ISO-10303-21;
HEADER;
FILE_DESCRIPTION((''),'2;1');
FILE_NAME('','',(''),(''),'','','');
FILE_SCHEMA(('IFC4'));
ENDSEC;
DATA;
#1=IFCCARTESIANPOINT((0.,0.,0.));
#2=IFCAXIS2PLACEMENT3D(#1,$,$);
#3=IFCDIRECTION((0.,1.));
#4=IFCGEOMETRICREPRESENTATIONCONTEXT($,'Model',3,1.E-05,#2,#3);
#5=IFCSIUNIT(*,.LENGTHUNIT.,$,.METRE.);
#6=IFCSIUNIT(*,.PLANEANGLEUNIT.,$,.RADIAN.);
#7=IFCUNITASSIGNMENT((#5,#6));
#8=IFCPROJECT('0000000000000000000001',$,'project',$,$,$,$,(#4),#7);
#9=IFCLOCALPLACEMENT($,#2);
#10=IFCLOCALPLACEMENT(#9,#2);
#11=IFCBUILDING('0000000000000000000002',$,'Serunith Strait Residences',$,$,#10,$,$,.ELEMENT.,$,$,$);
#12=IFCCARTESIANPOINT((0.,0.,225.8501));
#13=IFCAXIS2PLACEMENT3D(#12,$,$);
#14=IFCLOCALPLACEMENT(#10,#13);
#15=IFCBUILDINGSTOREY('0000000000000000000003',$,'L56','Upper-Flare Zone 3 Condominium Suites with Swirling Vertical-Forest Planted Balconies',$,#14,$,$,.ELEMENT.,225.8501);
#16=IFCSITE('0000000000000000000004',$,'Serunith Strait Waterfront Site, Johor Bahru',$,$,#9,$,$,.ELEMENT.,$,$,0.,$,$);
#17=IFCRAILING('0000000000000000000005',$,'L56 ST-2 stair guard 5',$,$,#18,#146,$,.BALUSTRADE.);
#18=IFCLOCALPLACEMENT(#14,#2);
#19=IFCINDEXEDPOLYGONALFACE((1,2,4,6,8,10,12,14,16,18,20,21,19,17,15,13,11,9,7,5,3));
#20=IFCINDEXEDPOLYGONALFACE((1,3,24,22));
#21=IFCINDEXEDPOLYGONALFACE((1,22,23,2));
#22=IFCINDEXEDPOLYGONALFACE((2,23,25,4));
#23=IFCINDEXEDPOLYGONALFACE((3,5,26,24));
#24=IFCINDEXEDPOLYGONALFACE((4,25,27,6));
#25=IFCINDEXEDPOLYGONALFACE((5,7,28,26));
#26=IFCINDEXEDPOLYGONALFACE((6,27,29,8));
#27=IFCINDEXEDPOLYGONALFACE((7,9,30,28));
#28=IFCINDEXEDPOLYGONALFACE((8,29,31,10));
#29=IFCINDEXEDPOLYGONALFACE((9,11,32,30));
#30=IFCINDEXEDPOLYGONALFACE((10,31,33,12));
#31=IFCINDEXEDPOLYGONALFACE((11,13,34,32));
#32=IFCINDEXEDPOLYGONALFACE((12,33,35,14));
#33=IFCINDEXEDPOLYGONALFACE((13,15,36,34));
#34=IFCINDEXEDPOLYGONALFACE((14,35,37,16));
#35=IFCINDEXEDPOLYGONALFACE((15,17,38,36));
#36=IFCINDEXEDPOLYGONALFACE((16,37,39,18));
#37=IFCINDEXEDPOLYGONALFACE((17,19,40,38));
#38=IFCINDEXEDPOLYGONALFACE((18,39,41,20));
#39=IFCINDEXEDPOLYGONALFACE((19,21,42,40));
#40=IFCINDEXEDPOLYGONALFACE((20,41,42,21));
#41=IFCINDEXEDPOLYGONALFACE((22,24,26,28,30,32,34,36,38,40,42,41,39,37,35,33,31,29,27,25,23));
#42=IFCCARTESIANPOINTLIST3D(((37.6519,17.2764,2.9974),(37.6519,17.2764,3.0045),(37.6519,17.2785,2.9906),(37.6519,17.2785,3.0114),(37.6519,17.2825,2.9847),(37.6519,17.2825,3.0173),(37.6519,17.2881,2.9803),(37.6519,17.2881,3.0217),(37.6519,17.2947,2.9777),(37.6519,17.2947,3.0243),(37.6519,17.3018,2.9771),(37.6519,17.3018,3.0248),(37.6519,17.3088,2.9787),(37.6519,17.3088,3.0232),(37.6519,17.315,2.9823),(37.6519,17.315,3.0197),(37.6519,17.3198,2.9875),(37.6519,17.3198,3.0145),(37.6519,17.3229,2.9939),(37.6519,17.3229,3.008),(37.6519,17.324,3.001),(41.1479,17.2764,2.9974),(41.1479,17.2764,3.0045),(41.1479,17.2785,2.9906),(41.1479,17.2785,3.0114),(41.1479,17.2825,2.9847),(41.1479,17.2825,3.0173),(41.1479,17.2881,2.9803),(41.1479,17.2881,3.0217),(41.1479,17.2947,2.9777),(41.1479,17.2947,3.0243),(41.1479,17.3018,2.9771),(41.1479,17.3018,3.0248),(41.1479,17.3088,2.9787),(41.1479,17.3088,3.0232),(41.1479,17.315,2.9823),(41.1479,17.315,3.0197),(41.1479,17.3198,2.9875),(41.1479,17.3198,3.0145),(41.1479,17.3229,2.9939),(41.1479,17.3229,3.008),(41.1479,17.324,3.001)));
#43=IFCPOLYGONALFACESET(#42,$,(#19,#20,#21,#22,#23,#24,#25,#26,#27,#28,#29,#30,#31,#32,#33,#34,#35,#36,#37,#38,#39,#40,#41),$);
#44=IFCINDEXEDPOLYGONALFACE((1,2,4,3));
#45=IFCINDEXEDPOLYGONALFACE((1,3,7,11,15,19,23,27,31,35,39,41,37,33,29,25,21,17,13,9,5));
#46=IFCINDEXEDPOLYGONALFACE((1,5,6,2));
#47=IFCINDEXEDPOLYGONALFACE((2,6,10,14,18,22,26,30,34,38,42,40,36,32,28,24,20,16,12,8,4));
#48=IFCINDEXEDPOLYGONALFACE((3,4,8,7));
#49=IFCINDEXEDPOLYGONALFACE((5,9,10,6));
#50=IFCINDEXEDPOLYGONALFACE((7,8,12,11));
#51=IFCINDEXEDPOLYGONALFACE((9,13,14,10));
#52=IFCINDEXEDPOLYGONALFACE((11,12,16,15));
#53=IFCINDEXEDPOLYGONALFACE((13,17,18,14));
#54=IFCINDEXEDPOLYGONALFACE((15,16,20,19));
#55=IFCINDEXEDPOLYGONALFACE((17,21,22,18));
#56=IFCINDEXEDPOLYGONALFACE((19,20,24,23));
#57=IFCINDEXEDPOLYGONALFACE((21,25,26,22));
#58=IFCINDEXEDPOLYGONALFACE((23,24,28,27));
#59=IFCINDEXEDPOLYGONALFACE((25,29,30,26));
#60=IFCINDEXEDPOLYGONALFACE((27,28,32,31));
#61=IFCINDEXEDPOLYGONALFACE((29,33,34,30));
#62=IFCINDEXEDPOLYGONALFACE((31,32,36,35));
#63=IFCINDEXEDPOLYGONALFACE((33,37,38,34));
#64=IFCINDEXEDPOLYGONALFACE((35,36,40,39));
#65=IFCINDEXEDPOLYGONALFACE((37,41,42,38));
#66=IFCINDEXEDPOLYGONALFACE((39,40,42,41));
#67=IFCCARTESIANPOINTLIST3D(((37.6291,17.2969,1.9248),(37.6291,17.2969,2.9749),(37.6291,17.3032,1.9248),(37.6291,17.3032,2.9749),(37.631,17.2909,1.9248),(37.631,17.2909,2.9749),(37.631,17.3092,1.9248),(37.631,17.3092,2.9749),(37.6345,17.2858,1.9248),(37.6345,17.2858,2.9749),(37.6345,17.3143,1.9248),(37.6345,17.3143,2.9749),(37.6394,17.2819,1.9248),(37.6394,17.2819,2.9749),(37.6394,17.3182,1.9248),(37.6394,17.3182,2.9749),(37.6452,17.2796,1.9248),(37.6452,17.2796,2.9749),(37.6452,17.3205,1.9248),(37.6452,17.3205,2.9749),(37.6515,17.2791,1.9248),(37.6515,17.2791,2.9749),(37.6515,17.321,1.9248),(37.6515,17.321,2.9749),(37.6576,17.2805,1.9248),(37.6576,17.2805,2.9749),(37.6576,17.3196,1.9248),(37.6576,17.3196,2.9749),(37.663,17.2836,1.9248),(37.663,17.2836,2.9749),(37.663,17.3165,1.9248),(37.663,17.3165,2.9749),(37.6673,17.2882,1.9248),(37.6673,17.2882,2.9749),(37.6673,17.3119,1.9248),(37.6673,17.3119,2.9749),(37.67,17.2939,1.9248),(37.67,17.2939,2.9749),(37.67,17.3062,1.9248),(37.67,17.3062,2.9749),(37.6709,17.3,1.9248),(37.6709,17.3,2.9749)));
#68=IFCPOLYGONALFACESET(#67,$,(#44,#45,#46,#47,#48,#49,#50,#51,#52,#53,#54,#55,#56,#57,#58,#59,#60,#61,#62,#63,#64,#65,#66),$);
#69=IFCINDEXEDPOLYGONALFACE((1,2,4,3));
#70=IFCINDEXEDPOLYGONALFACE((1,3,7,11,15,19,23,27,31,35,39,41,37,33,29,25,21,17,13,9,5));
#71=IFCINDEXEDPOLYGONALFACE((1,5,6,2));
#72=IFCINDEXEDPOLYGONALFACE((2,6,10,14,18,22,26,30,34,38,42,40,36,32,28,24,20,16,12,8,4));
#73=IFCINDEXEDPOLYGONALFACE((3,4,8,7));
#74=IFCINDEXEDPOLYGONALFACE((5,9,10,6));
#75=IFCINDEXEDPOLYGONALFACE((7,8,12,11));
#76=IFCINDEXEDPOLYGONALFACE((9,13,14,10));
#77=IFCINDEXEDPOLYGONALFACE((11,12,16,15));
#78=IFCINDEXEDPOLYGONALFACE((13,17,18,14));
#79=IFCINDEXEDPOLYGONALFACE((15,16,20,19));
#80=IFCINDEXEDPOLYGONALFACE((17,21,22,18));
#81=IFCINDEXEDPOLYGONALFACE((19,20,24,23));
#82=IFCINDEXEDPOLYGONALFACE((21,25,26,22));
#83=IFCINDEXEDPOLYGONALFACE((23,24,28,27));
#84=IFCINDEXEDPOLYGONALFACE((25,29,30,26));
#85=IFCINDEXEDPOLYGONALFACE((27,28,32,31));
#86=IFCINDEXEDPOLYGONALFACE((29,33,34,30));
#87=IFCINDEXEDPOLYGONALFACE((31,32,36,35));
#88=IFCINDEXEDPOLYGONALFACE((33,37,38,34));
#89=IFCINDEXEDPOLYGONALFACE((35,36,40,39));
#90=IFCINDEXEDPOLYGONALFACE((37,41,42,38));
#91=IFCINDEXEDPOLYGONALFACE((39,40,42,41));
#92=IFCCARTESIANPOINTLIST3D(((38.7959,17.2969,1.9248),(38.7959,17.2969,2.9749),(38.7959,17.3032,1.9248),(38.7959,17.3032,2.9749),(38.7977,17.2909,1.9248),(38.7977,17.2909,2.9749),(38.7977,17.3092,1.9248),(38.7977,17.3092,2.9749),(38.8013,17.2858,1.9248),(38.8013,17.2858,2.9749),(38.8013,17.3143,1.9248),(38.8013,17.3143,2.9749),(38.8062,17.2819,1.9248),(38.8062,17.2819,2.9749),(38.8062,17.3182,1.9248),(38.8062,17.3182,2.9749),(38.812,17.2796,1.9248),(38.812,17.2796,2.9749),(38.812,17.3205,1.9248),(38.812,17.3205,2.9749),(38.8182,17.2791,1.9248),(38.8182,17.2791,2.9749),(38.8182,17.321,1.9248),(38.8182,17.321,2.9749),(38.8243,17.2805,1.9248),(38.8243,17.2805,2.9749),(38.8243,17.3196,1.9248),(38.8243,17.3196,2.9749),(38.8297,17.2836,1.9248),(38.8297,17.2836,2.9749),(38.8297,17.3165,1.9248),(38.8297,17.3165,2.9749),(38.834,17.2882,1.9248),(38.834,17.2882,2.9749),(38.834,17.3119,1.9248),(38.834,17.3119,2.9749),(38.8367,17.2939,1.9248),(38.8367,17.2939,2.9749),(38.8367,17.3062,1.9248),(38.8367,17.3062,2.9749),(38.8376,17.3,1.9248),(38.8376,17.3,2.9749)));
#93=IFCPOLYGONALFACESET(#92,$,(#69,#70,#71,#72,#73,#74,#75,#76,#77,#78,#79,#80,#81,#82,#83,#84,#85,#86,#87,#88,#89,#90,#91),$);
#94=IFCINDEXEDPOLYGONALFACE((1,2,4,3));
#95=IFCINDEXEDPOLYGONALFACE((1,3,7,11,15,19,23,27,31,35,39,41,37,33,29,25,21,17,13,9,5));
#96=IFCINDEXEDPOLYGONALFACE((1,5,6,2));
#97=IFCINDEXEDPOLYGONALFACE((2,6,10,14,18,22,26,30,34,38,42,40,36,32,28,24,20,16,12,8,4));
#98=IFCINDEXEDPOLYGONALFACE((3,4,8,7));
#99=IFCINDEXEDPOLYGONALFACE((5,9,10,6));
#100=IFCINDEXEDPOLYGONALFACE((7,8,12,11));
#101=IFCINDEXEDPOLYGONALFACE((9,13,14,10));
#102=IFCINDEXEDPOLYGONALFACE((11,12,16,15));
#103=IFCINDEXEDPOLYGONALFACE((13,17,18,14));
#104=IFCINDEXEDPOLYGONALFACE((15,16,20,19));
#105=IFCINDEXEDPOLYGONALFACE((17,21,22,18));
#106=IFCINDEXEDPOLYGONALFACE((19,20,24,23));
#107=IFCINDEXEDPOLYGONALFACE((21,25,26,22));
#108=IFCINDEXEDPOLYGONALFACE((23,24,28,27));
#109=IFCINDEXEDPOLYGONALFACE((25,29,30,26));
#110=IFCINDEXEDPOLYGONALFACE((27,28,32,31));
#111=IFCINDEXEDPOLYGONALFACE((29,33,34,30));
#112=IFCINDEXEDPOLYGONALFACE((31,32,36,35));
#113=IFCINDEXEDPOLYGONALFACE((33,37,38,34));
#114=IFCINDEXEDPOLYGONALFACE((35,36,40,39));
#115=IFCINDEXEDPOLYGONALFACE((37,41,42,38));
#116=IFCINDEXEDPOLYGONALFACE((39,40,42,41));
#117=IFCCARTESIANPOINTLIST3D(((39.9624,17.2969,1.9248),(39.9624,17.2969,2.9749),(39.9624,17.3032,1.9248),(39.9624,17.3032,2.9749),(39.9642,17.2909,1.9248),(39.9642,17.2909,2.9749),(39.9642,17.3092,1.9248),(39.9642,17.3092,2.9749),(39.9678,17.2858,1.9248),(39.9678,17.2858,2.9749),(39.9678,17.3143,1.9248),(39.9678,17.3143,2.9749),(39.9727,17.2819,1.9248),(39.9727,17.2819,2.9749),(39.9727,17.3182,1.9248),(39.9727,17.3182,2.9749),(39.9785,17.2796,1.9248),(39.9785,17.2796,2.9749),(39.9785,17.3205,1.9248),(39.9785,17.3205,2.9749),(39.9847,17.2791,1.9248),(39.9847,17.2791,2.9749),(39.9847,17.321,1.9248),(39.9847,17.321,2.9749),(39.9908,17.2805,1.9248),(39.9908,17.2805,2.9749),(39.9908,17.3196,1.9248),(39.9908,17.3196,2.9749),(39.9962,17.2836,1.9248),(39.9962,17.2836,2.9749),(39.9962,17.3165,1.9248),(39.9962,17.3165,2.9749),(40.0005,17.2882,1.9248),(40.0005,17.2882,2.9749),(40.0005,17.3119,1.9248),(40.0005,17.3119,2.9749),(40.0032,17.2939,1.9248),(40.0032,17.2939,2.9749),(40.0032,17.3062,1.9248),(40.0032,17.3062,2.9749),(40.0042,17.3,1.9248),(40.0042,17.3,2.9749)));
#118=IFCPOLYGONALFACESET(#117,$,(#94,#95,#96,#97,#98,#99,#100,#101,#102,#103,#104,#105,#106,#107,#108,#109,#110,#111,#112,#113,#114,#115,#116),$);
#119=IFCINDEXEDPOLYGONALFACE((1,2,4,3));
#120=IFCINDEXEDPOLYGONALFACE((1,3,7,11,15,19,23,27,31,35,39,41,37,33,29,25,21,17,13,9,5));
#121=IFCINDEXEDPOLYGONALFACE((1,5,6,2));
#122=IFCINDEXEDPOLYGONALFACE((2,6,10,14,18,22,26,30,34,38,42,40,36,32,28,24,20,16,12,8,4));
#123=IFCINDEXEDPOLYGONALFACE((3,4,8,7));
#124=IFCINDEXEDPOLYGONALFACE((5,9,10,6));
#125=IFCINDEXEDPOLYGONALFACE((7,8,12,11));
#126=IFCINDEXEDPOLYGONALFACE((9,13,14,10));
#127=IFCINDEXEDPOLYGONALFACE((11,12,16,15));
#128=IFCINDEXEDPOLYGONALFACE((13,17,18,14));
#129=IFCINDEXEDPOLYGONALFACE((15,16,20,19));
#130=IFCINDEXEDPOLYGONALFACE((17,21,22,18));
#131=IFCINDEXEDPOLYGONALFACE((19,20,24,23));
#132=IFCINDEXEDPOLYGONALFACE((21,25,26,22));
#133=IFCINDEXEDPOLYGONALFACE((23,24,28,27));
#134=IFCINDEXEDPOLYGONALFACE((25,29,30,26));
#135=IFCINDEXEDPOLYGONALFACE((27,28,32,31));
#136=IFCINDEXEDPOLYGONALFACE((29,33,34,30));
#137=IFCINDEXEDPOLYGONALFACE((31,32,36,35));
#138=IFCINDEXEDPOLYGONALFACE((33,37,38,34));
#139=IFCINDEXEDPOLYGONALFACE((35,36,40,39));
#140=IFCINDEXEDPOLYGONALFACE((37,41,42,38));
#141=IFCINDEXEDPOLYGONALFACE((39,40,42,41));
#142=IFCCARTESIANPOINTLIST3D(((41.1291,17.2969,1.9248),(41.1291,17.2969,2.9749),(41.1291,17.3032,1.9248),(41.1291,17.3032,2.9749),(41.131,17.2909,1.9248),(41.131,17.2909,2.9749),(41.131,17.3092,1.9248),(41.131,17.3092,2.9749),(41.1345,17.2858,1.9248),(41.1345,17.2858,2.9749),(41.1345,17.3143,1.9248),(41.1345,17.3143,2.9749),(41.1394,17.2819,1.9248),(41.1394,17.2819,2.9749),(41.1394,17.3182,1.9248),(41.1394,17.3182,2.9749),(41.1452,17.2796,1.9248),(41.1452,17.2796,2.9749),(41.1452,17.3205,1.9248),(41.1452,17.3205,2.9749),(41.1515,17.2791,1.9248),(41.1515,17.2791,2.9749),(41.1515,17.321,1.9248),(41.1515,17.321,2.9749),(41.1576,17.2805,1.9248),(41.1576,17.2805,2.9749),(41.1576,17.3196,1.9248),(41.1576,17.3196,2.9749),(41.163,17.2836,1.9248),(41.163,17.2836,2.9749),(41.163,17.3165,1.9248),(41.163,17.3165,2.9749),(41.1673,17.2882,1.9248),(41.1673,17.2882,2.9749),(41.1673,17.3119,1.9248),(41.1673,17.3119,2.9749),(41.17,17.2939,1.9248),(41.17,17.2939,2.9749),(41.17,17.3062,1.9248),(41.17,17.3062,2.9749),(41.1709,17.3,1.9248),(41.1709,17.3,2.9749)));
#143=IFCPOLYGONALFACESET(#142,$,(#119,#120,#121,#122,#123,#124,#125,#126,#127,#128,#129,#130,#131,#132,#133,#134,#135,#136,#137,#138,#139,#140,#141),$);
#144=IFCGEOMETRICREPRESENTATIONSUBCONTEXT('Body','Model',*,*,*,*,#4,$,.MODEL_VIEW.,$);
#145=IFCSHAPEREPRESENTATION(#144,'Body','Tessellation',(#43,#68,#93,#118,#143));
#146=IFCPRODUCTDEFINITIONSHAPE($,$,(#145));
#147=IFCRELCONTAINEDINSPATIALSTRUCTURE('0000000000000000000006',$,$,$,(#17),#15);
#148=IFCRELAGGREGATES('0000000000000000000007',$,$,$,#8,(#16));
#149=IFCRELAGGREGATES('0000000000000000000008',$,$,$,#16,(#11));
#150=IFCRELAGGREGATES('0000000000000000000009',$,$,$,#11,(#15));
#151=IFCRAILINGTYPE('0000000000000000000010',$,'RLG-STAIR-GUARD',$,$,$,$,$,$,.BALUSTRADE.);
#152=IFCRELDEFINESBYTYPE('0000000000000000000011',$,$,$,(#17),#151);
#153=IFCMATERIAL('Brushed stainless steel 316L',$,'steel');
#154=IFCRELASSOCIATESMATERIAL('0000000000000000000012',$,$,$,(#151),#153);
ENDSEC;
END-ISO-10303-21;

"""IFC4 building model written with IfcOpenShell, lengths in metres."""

from ifc_helpers import new_model, si_unit, direction, frame, origin, origin_2d, place, context, subcontext, project, spatial, circle, extrude, material, type_object, element, save


model = new_model("IFC4")

# Units and contexts
model_context = context("Model", 3, precision=1e-05, world=origin(), true_north=direction((0.0, 1.0)))
body_context = subcontext(model_context, "Body", "Model", "MODEL_VIEW")
ifc_project = project(units=[si_unit("LENGTHUNIT", "METRE"), si_unit("PLANEANGLEUNIT", "RADIAN")], contexts=[model_context])

# Site, building, storey
site_placement = place(None, origin())
site = spatial("IfcSite", under=ifc_project, at=site_placement, Name="Serunith Strait Waterfront Site, Johor Bahru", CompositionType="ELEMENT", RefElevation=0.0)
building_placement = place(site_placement, origin())
building = spatial("IfcBuilding", under=site, at=building_placement, Name="Serunith Strait Residences", CompositionType="ELEMENT")
storey_placement = place(building_placement, frame((0.0, 0.0, 225.8501)))
storey = spatial("IfcBuildingStorey", under=building, at=storey_placement, Name="L56", Description="Upper-Flare Zone 3 Condominium Suites with Swirling Vertical-Forest Planted Balconies", CompositionType="ELEMENT", Elevation=225.8501)

# Railing
ifc_material_1 = material(Name="Brushed stainless steel 316L", Category="steel")
railing_type_1 = type_object("IfcRailingType", Name="RLG-STAIR-GUARD", PredefinedType="BALUSTRADE", material=ifc_material_1)
railing_1_placement = place(storey_placement, frame((37.6499, 17.3, 1.9248)))
element("IfcRailing", 1, at=railing_1_placement, inside=storey, type_object=railing_type_1, Name="L56 ST-2 stair guard 5", PredefinedType="BALUSTRADE", context=body_context, shape_type="SweptSolid", body=[
    extrude(circle(Radius=0.0239, at=origin_2d()), frame((0.002, 0.0, 1.0762), z_axis=(1.0, 0.0, 0.0), x_axis=(0.0, 1.0, 0.0)), (0.0, 0.0, 1.0), 3.4961),
    extrude(circle(Radius=0.021, at=origin_2d()), origin(), (0.0, 0.0, 1.0), 1.05),
    extrude(circle(Radius=0.021, at=origin_2d()), frame((1.1667, 0.0, 0.0)), (0.0, 0.0, 1.0), 1.05),
    extrude(circle(Radius=0.021, at=origin_2d()), frame((2.3333, 0.0, 0.0)), (0.0, 0.0, 1.0), 1.05),
    extrude(circle(Radius=0.021, at=origin_2d()), frame((3.5, 0.0, 0.0)), (0.0, 0.0, 1.0), 1.05),
])

save(model, "model.ifc")
